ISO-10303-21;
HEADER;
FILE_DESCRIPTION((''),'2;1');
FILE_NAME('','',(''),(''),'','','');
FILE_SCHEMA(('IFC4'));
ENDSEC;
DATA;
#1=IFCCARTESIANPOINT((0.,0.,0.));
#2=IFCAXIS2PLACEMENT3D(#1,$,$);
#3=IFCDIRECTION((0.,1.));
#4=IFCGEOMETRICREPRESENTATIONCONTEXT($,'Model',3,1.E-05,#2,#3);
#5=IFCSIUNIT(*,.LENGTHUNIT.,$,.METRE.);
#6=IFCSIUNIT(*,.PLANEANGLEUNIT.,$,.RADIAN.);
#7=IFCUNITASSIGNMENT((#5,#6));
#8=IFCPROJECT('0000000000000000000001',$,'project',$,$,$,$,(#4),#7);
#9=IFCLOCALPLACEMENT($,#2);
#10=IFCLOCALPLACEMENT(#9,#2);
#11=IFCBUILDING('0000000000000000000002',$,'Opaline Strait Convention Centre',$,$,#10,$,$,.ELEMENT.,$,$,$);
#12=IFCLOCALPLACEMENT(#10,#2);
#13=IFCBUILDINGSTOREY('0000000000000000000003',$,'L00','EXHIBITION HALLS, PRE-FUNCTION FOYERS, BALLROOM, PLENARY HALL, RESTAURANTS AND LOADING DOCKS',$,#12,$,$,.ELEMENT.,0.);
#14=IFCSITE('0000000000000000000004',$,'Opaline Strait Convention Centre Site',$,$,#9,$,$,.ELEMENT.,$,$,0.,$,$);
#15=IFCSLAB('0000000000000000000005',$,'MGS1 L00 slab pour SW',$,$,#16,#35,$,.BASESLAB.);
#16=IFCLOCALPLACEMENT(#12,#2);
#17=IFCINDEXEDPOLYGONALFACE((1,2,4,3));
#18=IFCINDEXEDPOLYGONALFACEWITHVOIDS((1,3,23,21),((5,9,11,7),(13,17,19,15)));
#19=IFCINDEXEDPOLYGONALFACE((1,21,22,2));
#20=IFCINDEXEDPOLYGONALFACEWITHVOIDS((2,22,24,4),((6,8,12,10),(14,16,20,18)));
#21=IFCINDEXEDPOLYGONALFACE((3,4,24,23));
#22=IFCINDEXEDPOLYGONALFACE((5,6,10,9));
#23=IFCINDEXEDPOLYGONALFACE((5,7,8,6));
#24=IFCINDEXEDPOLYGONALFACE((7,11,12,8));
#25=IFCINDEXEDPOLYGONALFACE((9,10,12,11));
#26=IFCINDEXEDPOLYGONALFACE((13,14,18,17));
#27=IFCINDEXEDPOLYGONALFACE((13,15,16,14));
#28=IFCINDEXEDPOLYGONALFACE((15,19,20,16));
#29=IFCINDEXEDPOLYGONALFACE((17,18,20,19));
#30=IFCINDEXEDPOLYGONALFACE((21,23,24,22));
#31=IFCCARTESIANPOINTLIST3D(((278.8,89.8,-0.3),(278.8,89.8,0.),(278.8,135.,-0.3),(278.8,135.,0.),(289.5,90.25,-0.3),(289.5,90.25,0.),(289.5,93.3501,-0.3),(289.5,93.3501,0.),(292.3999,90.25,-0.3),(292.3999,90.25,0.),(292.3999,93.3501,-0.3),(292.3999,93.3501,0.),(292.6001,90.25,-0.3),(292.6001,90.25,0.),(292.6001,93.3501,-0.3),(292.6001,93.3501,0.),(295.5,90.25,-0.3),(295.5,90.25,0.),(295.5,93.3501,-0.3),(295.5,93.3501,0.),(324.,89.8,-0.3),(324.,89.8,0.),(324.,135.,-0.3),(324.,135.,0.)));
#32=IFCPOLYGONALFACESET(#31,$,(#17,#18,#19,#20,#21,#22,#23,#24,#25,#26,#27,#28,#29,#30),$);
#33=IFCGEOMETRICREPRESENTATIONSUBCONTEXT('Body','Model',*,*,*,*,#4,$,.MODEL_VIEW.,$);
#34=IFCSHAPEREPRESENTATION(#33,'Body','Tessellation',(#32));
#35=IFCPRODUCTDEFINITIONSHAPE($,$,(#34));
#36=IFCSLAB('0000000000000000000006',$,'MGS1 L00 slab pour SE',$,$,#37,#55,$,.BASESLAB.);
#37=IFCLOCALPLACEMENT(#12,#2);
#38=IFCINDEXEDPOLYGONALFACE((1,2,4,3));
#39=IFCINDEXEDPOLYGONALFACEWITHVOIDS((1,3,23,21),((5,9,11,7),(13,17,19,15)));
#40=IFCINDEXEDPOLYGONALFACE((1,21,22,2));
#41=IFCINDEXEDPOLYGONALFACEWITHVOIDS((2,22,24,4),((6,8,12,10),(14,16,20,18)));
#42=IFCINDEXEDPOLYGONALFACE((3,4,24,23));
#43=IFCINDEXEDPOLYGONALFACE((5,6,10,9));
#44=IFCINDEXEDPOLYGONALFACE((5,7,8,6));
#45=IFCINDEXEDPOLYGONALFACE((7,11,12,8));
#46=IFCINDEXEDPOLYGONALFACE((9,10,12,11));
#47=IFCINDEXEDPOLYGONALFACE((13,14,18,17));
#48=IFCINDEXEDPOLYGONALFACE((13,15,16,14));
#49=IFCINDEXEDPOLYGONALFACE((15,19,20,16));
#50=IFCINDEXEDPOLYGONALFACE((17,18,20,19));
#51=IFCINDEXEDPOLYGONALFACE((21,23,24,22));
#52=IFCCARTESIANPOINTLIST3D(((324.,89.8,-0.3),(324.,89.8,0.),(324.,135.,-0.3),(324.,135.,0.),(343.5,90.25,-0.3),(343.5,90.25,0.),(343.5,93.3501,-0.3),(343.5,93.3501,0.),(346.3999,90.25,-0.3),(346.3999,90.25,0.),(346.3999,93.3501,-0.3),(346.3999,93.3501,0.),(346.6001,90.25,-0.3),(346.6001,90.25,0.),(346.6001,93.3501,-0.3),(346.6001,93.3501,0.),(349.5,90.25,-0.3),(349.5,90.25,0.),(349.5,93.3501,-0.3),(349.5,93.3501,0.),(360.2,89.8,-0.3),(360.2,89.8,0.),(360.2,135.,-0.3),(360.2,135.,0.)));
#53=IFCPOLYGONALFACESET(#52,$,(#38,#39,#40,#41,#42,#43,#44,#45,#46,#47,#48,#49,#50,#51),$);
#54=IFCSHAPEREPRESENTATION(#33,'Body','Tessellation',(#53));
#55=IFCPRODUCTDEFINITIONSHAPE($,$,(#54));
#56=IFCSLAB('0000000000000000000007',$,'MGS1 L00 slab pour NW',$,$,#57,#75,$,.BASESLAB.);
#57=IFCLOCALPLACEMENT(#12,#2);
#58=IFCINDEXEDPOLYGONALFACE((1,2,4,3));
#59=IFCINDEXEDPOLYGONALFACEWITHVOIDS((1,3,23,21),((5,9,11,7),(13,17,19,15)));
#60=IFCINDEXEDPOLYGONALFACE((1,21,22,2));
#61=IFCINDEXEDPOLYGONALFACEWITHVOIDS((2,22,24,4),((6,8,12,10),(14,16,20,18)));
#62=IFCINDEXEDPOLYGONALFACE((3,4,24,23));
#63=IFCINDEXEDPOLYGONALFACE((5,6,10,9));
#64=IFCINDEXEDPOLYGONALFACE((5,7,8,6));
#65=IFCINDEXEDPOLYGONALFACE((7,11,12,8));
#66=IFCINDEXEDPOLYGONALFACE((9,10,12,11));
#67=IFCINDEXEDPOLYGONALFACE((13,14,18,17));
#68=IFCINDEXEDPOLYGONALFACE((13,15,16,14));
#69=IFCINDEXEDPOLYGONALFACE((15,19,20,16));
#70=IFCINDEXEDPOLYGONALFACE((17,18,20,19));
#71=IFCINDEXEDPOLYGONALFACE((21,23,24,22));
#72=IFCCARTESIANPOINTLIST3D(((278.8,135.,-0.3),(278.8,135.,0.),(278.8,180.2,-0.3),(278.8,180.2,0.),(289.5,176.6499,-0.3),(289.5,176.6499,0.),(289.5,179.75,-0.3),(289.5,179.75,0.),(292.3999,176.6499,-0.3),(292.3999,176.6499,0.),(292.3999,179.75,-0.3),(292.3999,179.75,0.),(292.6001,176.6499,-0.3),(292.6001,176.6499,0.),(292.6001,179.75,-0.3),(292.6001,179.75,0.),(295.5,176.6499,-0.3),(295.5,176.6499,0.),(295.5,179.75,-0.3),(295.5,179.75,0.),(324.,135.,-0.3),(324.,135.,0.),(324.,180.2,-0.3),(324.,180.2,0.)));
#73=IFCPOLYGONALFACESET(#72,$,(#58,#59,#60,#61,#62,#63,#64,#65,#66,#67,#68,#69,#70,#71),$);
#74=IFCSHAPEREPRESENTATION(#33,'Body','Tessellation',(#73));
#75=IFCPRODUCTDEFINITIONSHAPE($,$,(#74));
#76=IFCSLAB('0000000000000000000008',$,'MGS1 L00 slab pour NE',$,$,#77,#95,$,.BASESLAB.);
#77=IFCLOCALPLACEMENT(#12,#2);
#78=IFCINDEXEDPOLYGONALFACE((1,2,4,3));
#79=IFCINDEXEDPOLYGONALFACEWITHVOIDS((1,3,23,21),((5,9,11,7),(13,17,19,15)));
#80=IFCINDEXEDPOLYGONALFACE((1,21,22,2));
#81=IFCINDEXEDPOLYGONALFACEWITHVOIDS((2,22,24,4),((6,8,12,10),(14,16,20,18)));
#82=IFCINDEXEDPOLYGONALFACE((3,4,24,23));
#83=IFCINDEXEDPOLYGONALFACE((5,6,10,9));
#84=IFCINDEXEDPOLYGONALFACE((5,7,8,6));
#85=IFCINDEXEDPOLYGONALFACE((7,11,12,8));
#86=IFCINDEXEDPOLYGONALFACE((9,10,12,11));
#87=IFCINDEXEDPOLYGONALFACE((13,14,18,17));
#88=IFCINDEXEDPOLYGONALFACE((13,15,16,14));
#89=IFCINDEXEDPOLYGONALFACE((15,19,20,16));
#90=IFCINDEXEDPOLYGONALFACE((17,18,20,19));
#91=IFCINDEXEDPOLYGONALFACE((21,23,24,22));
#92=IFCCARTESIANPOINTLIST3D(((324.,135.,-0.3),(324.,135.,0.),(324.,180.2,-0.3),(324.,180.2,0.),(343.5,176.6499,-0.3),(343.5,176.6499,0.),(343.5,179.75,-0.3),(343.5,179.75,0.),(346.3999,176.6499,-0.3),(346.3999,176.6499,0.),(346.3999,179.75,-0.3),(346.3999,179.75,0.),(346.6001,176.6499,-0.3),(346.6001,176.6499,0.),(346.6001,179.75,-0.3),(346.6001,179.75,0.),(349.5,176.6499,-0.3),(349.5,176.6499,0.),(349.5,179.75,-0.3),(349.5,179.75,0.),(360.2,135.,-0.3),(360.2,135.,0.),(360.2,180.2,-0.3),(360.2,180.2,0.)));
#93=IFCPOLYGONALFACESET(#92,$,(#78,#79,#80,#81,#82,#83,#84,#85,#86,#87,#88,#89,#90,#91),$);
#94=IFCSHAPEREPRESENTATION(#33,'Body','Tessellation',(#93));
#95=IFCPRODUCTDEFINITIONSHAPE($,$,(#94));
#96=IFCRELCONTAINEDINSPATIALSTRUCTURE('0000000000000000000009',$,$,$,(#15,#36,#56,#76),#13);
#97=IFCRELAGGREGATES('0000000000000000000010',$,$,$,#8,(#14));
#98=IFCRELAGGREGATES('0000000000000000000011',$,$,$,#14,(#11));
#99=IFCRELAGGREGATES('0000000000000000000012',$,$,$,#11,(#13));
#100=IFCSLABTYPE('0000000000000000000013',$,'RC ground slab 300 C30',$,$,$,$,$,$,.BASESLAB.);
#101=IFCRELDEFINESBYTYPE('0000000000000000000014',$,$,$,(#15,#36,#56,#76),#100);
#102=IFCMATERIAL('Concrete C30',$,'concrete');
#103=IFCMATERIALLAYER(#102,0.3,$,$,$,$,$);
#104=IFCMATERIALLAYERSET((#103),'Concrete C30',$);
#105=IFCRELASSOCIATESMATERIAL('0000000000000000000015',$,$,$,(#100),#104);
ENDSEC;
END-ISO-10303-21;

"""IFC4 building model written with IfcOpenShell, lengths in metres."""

from ifc_helpers import new_model, si_unit, direction, frame, origin, place, context, subcontext, project, spatial, polyline, outline, extrude, material, layer, layer_set, type_object, element, save


model = new_model("IFC4")

# Units and contexts
model_context = context("Model", 3, precision=1e-05, world=origin(), true_north=direction((0.0, 1.0)))
body_context = subcontext(model_context, "Body", "Model", "MODEL_VIEW")
ifc_project = project(units=[si_unit("LENGTHUNIT", "METRE"), si_unit("PLANEANGLEUNIT", "RADIAN")], contexts=[model_context])

# Site, building, storey
site_placement = place(None, origin())
site = spatial("IfcSite", under=ifc_project, at=site_placement, Name="Opaline Strait Convention Centre Site", CompositionType="ELEMENT", RefElevation=0.0)
building_placement = place(site_placement, origin())
building = spatial("IfcBuilding", under=site, at=building_placement, Name="Opaline Strait Convention Centre", CompositionType="ELEMENT")
storey_placement = place(building_placement, origin())
storey = spatial("IfcBuildingStorey", under=building, at=storey_placement, Name="L00", Description="EXHIBITION HALLS, PRE-FUNCTION FOYERS, BALLROOM, PLENARY HALL, RESTAURANTS AND LOADING DOCKS", CompositionType="ELEMENT", Elevation=0.0)

# Slabs
ifc_material = material(Name="Concrete C30", Category="concrete")
ifc_layer_1 = layer(ifc_material, 0.3)
ifc_layer_set_1 = layer_set([ifc_layer_1], Name="Concrete C30")
slab_type_1 = type_object("IfcSlabType", Name="RC ground slab 300 C30", PredefinedType="BASESLAB", material=ifc_layer_set_1)
slab_1_placement = place(storey_placement, frame((0.0, 0.0, -0.3)))
element("IfcSlab", 1, at=slab_1_placement, inside=storey, type_object=slab_type_1, Name="MGS1 L00 slab pour SW", PredefinedType="BASESLAB", context=body_context, shape_type="SweptSolid", body=[
    extrude(outline(polyline([(278.8, 135.0), (324.0, 135.0), (324.0, 89.8), (278.8, 89.8), (278.8, 135.0)]), holes=[polyline([(289.5, 90.25), (292.3999, 90.25), (292.3999, 93.3501), (289.5, 93.3501), (289.5, 90.25)]), polyline([(292.6001, 90.25), (295.5, 90.25), (295.5, 93.3501), (292.6001, 93.3501), (292.6001, 90.25)])]), origin(), (0.0, 0.0, 1.0), 0.3),
])
slab_2_placement = place(storey_placement, frame((0.0, 0.0, -0.3)))
element("IfcSlab", 2, at=slab_2_placement, inside=storey, type_object=slab_type_1, Name="MGS1 L00 slab pour SE", PredefinedType="BASESLAB", context=body_context, shape_type="SweptSolid", body=[
    extrude(outline(polyline([(360.2, 89.8), (324.0, 89.8), (324.0, 135.0), (360.2, 135.0), (360.2, 89.8)]), holes=[polyline([(343.5, 90.25), (346.3999, 90.25), (346.3999, 93.3501), (343.5, 93.3501), (343.5, 90.25)]), polyline([(346.6001, 90.25), (349.5, 90.25), (349.5, 93.3501), (346.6001, 93.3501), (346.6001, 90.25)])]), origin(), (0.0, 0.0, 1.0), 0.3),
])
slab_3_placement = place(storey_placement, frame((0.0, 0.0, -0.3)))
element("IfcSlab", 3, at=slab_3_placement, inside=storey, type_object=slab_type_1, Name="MGS1 L00 slab pour NW", PredefinedType="BASESLAB", context=body_context, shape_type="SweptSolid", body=[
    extrude(outline(polyline([(278.8, 180.2), (324.0, 180.2), (324.0, 135.0), (278.8, 135.0), (278.8, 180.2)]), holes=[polyline([(289.5, 176.6499), (292.3999, 176.6499), (292.3999, 179.75), (289.5, 179.75), (289.5, 176.6499)]), polyline([(292.6001, 176.6499), (295.5, 176.6499), (295.5, 179.75), (292.6001, 179.75), (292.6001, 176.6499)])]), origin(), (0.0, 0.0, 1.0), 0.3),
])
slab_4_placement = place(storey_placement, frame((0.0, 0.0, -0.3)))
element("IfcSlab", 4, at=slab_4_placement, inside=storey, type_object=slab_type_1, Name="MGS1 L00 slab pour NE", PredefinedType="BASESLAB", context=body_context, shape_type="SweptSolid", body=[
    extrude(outline(polyline([(360.2, 180.2), (360.2, 135.0), (324.0, 135.0), (324.0, 180.2), (360.2, 180.2)]), holes=[polyline([(343.5, 176.6499), (346.3999, 176.6499), (346.3999, 179.75), (343.5, 179.75), (343.5, 176.6499)]), polyline([(346.6001, 176.6499), (349.5, 176.6499), (349.5, 179.75), (346.6001, 179.75), (346.6001, 176.6499)])]), origin(), (0.0, 0.0, 1.0), 0.3),
])

save(model, "model.ifc")
